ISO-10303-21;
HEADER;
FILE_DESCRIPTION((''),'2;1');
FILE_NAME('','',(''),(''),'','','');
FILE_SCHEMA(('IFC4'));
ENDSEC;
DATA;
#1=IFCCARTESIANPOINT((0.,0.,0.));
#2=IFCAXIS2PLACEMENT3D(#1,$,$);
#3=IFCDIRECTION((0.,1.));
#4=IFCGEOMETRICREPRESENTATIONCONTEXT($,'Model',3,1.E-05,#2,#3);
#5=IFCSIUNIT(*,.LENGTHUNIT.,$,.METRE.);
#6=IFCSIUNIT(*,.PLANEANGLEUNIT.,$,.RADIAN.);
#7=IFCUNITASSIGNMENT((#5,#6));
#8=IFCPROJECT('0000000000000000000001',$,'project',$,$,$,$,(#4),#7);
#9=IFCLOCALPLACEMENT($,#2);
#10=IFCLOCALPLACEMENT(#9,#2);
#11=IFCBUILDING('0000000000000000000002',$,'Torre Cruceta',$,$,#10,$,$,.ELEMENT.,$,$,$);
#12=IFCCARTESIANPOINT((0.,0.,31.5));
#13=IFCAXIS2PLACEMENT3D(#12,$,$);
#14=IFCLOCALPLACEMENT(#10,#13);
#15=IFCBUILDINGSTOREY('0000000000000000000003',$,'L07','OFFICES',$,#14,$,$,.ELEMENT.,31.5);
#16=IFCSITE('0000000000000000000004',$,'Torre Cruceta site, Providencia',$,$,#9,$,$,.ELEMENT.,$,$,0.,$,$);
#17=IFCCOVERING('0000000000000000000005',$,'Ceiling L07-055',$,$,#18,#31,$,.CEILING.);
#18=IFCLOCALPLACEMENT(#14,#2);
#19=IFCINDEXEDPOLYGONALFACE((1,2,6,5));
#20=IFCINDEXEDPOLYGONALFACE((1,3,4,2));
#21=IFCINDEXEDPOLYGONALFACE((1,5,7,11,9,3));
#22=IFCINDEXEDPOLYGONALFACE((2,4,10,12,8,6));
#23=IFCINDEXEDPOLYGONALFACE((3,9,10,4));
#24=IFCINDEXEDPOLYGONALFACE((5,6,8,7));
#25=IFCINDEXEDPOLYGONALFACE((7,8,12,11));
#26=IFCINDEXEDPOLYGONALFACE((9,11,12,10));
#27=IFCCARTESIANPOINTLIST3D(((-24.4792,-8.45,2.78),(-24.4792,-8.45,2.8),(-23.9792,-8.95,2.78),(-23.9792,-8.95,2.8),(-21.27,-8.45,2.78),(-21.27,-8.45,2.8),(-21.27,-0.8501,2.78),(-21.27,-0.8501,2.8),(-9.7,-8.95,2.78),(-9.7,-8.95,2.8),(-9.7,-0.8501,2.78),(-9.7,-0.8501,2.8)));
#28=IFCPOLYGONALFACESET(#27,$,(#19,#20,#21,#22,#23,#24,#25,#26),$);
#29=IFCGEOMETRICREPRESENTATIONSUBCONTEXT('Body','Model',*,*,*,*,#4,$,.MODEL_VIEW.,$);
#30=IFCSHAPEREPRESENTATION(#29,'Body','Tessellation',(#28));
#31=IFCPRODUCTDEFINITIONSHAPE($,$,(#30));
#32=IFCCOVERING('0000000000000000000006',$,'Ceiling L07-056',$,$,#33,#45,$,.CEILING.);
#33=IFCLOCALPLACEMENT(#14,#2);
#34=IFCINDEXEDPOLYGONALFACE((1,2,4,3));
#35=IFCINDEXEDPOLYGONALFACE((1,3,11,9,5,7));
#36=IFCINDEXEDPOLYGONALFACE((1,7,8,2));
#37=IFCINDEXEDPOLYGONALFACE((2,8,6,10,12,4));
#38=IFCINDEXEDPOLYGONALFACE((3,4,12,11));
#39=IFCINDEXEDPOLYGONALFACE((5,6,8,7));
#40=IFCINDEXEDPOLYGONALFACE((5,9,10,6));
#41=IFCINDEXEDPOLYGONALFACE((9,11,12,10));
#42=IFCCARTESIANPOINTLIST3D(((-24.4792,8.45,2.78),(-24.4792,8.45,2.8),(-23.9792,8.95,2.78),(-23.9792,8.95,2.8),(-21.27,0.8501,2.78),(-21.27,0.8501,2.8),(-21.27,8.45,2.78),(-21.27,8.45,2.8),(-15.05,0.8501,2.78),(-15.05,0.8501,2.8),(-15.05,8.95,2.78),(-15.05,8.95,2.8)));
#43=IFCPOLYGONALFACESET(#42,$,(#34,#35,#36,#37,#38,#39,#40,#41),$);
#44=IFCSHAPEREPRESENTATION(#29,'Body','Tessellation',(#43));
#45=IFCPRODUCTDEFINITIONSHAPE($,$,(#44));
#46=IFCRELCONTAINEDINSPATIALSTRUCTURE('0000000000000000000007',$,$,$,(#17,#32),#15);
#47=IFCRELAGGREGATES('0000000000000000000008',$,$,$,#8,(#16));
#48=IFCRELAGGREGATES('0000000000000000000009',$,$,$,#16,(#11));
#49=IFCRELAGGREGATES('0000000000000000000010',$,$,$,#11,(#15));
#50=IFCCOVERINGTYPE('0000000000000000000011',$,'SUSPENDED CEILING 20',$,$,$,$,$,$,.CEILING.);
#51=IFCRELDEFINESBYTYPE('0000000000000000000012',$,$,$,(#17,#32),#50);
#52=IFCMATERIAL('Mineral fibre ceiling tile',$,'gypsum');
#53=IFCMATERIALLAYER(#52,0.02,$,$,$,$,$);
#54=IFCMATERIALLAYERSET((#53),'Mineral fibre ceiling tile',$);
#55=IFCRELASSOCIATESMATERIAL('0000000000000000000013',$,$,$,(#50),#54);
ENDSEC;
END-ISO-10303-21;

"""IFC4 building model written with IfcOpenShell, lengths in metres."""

from ifc_helpers import new_model, si_unit, direction, frame, origin, place, context, subcontext, project, spatial, polyline, outline, extrude, material, layer, layer_set, type_object, element, save


model = new_model("IFC4")

# Units and contexts
model_context = context("Model", 3, precision=1e-05, world=origin(), true_north=direction((0.0, 1.0)))
body_context = subcontext(model_context, "Body", "Model", "MODEL_VIEW")
ifc_project = project(units=[si_unit("LENGTHUNIT", "METRE"), si_unit("PLANEANGLEUNIT", "RADIAN")], contexts=[model_context])

# Site, building, storey
site_placement = place(None, origin())
site = spatial("IfcSite", under=ifc_project, at=site_placement, Name="Torre Cruceta site, Providencia", CompositionType="ELEMENT", RefElevation=0.0)
building_placement = place(site_placement, origin())
building = spatial("IfcBuilding", under=site, at=building_placement, Name="Torre Cruceta", CompositionType="ELEMENT")
storey_placement = place(building_placement, frame((0.0, 0.0, 31.5)))
storey = spatial("IfcBuildingStorey", under=building, at=storey_placement, Name="L07", Description="OFFICES", CompositionType="ELEMENT", Elevation=31.5)

# Coverings
ifc_material_1 = material(Name="Mineral fibre ceiling tile", Category="gypsum")
ifc_layer_1 = layer(ifc_material_1, 0.02)
ifc_layer_set_1 = layer_set([ifc_layer_1], Name="Mineral fibre ceiling tile")
covering_type_1 = type_object("IfcCoveringType", Name="SUSPENDED CEILING 20", PredefinedType="CEILING", material=ifc_layer_set_1)
covering_1_placement = place(storey_placement, frame((0.0, 0.0, 2.78)))
element("IfcCovering", 1, at=covering_1_placement, inside=storey, type_object=covering_type_1, Name="Ceiling L07-055", PredefinedType="CEILING", context=body_context, shape_type="SweptSolid", body=[
    extrude(outline(polyline([(-21.27, -8.45), (-21.27, -0.8501), (-9.7, -0.8501), (-9.7, -8.95), (-23.9792, -8.95), (-24.4792, -8.45), (-21.27, -8.45)])), origin(), (0.0, 0.0, 1.0), 0.02),
])
covering_2_placement = place(storey_placement, frame((0.0, 0.0, 2.78)))
element("IfcCovering", 2, at=covering_2_placement, inside=storey, type_object=covering_type_1, Name="Ceiling L07-056", PredefinedType="CEILING", context=body_context, shape_type="SweptSolid", body=[
    extrude(outline(polyline([(-21.27, 8.45), (-24.4792, 8.45), (-23.9792, 8.95), (-15.05, 8.95), (-15.05, 0.8501), (-21.27, 0.8501), (-21.27, 8.45)])), origin(), (0.0, 0.0, 1.0), 0.02),
])

save(model, "model.ifc")
